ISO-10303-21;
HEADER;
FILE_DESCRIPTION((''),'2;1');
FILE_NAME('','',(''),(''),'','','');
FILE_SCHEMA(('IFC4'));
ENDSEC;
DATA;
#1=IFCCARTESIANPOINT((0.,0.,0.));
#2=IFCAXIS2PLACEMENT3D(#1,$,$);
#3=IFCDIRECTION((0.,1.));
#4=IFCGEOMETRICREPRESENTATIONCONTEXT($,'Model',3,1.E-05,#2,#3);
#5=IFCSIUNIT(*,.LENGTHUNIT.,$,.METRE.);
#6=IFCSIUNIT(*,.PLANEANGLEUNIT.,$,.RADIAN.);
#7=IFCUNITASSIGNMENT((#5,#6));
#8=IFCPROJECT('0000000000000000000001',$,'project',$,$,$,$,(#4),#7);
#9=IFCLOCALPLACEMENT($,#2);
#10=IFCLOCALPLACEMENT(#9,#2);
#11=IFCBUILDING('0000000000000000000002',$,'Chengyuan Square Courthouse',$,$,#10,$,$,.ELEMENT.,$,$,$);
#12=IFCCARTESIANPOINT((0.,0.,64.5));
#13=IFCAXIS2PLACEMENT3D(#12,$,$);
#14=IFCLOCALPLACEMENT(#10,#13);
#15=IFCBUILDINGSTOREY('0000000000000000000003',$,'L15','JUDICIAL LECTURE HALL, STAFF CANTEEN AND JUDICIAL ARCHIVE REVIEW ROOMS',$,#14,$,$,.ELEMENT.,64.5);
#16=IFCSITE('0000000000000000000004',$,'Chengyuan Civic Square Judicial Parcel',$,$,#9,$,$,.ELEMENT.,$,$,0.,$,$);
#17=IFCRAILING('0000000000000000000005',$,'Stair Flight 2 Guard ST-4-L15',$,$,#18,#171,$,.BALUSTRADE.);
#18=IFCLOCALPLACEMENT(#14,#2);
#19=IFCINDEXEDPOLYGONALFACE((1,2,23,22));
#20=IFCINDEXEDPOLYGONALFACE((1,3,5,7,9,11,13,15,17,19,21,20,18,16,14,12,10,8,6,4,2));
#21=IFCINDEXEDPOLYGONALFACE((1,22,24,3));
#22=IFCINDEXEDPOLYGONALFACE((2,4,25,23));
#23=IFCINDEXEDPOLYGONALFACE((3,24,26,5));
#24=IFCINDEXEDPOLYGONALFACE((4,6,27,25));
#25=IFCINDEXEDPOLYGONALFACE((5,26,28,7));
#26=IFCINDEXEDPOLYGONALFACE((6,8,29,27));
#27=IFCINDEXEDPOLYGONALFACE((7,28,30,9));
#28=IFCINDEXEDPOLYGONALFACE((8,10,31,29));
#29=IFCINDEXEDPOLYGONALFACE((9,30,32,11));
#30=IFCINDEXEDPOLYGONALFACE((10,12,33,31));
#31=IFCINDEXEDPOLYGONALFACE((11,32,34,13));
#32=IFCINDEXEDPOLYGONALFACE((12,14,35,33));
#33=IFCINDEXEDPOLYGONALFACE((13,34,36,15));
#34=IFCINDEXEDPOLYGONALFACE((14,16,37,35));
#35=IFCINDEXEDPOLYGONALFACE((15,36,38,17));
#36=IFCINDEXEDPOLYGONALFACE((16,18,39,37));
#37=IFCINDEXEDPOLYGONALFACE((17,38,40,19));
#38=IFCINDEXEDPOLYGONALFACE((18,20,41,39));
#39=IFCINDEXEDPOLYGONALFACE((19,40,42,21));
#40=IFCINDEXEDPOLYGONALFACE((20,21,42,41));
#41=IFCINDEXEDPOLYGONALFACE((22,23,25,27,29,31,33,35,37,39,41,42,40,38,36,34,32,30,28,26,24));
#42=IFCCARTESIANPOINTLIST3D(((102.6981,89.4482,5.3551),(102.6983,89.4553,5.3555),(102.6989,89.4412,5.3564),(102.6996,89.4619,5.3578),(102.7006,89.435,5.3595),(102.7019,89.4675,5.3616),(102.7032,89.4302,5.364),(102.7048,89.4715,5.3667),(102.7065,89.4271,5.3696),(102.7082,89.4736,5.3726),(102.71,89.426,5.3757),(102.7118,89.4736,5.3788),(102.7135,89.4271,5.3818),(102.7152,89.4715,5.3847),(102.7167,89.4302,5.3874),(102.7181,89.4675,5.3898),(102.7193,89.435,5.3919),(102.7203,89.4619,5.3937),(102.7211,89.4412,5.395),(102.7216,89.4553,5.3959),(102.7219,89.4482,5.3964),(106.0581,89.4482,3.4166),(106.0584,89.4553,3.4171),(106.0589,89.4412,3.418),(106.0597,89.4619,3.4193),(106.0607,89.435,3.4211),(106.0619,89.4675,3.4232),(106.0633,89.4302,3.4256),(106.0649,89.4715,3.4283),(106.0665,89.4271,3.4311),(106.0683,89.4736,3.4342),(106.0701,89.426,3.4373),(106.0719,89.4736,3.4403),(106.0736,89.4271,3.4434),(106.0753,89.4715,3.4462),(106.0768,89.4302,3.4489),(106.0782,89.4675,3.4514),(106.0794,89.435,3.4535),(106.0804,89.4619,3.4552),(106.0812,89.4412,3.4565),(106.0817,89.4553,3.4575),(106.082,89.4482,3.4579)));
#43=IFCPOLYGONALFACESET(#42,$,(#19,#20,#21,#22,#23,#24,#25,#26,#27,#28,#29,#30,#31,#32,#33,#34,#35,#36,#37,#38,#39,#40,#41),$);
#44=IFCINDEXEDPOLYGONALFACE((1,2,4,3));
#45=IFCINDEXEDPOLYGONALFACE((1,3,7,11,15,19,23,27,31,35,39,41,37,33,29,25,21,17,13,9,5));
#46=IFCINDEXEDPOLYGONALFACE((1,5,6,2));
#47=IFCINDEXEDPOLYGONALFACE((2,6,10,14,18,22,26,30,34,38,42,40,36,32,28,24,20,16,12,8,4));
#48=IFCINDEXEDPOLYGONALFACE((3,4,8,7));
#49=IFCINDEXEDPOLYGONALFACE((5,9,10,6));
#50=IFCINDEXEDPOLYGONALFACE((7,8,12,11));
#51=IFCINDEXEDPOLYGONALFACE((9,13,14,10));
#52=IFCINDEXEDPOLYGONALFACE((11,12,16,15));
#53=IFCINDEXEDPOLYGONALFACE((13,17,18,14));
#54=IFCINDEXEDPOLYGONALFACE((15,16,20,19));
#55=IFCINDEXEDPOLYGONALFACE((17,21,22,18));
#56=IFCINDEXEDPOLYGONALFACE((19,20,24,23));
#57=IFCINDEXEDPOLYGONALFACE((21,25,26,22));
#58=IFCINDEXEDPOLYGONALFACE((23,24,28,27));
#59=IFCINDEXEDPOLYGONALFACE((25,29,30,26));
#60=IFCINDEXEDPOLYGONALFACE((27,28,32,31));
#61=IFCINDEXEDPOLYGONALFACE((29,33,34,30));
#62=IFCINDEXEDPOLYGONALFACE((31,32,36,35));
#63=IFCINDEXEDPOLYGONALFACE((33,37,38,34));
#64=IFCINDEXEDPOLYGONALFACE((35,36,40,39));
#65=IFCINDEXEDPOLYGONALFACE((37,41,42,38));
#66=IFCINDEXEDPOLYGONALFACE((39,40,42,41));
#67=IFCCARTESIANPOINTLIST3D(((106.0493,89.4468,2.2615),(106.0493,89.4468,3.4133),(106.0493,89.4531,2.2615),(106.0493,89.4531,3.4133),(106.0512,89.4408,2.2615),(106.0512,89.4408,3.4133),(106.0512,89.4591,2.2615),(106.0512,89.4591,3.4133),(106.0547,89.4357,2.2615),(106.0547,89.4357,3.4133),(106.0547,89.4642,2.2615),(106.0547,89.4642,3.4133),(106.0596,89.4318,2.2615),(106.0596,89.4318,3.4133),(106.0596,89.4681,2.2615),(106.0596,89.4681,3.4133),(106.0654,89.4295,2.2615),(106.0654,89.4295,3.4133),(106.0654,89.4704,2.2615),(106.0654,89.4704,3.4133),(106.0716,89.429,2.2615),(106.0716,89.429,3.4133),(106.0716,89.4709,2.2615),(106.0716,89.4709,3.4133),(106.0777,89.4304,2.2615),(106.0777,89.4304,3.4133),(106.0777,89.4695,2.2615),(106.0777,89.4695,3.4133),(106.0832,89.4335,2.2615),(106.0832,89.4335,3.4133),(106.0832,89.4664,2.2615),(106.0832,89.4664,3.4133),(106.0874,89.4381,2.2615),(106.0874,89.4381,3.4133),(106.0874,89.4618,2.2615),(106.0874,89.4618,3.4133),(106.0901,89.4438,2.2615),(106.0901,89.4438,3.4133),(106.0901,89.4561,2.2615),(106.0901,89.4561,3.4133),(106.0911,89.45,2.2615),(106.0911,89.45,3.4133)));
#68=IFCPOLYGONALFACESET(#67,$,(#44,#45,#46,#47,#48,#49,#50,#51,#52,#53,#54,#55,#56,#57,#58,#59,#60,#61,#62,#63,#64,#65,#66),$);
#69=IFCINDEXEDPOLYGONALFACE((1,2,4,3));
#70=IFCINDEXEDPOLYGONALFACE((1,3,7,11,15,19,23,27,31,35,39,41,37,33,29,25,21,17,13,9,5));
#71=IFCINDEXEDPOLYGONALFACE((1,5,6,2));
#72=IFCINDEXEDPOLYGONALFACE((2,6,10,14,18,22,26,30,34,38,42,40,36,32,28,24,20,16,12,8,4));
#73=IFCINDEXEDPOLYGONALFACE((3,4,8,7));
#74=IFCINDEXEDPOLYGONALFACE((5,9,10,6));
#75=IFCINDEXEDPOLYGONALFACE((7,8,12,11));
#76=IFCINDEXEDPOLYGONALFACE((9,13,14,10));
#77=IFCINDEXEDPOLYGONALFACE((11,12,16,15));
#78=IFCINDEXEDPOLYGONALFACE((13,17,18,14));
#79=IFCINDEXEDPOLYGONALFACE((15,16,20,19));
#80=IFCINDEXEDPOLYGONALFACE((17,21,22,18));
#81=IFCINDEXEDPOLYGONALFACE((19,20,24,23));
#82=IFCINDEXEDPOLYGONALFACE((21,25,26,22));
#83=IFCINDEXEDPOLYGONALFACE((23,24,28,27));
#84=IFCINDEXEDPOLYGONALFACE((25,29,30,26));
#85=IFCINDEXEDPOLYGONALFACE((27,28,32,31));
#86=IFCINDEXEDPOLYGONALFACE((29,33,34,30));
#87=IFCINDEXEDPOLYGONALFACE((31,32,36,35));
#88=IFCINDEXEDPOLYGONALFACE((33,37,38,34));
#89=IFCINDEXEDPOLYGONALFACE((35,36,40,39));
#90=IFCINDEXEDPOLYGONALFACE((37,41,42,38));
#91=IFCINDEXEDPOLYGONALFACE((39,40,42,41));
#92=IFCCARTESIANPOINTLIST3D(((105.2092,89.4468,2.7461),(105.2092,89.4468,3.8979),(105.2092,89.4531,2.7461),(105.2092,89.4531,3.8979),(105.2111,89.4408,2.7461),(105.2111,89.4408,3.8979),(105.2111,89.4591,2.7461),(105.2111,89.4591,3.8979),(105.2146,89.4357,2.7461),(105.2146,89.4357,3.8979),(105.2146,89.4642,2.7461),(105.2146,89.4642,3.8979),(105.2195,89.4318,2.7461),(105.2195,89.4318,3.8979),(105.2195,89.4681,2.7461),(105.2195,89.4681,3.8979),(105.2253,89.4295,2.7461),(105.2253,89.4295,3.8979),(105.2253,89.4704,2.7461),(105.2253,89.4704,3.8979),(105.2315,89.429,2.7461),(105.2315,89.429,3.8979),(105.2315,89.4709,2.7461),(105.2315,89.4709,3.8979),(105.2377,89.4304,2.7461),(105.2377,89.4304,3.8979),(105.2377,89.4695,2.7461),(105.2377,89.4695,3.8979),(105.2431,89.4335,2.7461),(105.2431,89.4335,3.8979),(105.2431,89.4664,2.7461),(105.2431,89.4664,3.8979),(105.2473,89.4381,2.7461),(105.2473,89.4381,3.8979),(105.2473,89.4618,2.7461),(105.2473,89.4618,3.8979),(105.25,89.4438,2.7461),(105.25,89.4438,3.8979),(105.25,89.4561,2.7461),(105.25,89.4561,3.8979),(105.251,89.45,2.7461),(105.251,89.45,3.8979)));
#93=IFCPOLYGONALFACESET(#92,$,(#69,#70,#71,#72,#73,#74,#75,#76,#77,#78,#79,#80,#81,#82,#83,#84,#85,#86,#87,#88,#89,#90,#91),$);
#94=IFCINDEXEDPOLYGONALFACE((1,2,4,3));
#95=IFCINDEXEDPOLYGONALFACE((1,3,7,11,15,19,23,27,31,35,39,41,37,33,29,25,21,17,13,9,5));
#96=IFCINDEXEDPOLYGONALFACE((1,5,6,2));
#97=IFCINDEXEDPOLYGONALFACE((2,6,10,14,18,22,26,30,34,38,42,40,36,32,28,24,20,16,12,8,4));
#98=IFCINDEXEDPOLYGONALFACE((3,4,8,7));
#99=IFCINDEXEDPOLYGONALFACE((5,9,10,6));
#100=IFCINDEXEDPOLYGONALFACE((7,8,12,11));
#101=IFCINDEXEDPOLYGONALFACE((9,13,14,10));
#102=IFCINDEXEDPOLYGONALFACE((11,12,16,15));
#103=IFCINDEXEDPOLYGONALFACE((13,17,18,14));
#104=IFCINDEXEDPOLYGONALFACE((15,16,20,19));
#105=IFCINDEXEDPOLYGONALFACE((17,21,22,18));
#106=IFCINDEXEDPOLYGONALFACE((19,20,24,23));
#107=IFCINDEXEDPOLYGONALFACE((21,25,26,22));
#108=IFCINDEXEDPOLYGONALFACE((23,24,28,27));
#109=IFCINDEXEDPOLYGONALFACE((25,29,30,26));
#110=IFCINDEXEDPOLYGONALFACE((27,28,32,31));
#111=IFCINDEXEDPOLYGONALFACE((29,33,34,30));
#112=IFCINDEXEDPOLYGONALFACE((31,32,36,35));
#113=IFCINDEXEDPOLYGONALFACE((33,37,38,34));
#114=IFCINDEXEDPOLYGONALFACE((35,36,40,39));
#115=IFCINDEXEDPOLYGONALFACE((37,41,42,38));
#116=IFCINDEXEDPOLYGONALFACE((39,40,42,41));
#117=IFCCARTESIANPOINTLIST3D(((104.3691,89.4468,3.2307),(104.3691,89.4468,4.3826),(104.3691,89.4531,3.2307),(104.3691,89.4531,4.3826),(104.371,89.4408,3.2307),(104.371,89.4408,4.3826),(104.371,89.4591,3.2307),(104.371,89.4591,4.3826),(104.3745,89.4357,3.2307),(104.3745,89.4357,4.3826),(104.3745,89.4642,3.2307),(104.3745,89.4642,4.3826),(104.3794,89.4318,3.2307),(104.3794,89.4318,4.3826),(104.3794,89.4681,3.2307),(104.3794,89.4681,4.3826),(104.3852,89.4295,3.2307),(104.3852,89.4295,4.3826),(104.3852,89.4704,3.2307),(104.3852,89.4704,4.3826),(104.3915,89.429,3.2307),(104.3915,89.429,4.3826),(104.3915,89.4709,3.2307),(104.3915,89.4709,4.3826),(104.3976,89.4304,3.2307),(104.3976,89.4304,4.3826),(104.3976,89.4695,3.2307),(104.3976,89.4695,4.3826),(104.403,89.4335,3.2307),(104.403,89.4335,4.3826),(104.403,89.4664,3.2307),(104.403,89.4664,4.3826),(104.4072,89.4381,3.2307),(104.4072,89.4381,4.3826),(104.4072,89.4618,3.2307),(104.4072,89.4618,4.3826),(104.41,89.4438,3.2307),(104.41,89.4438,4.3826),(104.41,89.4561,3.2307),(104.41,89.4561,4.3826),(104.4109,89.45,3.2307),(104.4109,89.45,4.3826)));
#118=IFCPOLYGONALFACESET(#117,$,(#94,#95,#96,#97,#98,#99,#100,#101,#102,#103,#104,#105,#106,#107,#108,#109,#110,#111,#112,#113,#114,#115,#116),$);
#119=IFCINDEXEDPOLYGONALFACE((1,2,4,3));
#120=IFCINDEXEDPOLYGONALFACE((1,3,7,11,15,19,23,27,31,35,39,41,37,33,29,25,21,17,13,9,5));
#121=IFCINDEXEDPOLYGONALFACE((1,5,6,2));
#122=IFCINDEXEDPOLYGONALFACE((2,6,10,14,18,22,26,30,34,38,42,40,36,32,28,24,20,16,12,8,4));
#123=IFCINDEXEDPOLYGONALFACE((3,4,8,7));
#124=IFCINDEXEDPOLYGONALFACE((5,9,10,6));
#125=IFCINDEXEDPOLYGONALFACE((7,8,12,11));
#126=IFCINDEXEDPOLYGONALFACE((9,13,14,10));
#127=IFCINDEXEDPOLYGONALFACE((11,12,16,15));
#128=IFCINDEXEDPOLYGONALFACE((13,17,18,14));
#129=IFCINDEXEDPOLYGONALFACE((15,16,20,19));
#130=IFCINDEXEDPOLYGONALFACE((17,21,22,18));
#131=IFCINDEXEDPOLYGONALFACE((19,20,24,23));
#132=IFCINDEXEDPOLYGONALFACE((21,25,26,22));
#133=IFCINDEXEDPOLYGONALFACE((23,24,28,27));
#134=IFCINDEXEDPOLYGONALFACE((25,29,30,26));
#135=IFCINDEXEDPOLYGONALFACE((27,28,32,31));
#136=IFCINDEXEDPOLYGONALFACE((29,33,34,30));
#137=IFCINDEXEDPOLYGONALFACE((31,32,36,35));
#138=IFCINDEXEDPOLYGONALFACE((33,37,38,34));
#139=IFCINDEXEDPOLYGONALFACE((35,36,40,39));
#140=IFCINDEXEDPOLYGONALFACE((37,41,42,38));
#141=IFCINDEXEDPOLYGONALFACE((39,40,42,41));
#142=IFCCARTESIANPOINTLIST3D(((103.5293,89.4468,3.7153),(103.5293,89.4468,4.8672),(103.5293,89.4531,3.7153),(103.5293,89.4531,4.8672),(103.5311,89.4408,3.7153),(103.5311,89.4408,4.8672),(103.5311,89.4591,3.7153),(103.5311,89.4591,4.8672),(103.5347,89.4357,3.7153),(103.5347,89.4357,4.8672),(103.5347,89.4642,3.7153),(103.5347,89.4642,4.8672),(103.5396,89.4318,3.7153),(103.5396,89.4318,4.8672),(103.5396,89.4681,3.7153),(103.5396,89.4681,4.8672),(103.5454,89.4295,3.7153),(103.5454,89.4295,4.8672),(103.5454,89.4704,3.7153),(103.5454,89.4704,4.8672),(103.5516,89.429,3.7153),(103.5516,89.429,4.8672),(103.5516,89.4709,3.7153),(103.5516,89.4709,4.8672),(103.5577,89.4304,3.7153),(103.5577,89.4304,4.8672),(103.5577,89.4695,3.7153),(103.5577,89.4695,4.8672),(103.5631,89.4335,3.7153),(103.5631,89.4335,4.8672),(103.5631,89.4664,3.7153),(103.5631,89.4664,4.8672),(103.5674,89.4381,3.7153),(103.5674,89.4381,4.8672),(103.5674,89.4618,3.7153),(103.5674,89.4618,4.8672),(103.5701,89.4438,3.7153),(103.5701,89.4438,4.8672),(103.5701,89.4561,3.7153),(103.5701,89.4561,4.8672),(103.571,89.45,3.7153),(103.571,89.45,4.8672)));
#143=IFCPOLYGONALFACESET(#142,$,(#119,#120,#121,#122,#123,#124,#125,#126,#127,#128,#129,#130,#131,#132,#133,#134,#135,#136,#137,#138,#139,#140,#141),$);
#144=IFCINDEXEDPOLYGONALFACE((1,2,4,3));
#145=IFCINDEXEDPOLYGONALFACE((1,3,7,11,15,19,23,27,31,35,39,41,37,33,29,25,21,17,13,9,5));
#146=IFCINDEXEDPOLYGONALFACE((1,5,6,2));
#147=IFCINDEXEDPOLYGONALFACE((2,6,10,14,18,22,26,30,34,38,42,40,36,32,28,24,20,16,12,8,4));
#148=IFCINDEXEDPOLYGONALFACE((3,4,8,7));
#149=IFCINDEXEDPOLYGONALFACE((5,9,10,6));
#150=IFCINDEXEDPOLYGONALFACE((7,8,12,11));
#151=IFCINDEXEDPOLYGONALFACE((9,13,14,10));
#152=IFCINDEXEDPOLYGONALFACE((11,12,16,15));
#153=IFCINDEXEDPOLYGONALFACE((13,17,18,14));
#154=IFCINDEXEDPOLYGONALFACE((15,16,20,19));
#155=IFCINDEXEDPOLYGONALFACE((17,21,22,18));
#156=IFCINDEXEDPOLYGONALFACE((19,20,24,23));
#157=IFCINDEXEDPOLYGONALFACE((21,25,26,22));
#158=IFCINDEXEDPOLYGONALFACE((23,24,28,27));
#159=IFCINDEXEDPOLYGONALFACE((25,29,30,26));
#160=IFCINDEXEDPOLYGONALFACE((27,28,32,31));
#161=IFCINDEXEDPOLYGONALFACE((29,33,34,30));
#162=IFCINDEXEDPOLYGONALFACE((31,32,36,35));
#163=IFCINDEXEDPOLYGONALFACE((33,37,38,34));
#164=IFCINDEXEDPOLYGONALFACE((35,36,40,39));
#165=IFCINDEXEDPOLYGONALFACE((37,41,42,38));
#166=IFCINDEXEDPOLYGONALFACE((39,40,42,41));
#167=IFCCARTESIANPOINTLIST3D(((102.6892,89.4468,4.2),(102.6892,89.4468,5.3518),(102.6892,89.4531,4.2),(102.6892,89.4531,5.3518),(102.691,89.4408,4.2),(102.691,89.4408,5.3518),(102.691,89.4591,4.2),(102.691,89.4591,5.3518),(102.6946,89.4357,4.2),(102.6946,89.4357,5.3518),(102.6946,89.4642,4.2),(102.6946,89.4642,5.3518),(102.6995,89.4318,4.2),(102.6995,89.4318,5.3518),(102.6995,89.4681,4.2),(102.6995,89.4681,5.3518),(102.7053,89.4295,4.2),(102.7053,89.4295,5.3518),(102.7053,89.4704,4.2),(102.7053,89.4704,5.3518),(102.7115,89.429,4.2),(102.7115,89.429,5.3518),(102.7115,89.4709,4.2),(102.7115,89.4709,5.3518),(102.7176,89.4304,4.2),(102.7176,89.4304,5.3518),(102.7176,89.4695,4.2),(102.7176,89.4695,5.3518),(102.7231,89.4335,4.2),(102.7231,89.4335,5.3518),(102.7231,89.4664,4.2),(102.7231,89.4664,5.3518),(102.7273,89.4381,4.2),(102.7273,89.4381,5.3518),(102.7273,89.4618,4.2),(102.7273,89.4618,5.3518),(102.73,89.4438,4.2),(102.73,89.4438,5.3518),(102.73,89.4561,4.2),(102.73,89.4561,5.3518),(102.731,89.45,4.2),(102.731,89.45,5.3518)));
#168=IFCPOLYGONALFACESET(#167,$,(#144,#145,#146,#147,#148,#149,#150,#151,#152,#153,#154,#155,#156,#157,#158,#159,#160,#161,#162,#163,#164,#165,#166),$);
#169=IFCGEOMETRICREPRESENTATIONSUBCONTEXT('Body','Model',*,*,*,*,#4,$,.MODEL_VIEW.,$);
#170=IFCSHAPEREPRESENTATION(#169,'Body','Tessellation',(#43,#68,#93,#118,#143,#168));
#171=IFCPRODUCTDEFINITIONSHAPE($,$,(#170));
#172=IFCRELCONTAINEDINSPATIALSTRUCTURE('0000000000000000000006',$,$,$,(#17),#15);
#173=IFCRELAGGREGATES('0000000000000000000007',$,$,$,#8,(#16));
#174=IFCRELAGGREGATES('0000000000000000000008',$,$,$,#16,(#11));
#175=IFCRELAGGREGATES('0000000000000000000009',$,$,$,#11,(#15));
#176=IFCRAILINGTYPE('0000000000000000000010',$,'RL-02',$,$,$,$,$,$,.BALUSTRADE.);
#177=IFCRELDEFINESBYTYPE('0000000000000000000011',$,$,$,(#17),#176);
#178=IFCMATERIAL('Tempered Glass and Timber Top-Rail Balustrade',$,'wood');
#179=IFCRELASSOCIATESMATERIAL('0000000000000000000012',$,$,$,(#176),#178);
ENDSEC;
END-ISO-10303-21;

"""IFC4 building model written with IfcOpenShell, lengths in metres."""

from ifc_helpers import new_model, si_unit, direction, frame, origin, origin_2d, place, context, subcontext, project, spatial, circle, extrude, material, type_object, element, save


model = new_model("IFC4")

# Units and contexts
model_context = context("Model", 3, precision=1e-05, world=origin(), true_north=direction((0.0, 1.0)))
body_context = subcontext(model_context, "Body", "Model", "MODEL_VIEW")
ifc_project = project(units=[si_unit("LENGTHUNIT", "METRE"), si_unit("PLANEANGLEUNIT", "RADIAN")], contexts=[model_context])

# Site, building, storey
site_placement = place(None, origin())
site = spatial("IfcSite", under=ifc_project, at=site_placement, Name="Chengyuan Civic Square Judicial Parcel", CompositionType="ELEMENT", RefElevation=0.0)
building_placement = place(site_placement, origin())
building = spatial("IfcBuilding", under=site, at=building_placement, Name="Chengyuan Square Courthouse", CompositionType="ELEMENT")
storey_placement = place(building_placement, frame((0.0, 0.0, 64.5)))
storey = spatial("IfcBuildingStorey", under=building, at=storey_placement, Name="L15", Description="JUDICIAL LECTURE HALL, STAFF CANTEEN AND JUDICIAL ARCHIVE REVIEW ROOMS", CompositionType="ELEMENT", Elevation=64.5)

# Railing
ifc_material_1 = material(Name="Tempered Glass and Timber Top-Rail Balustrade", Category="wood")
railing_type_1 = type_object("IfcRailingType", Name="RL-02", PredefinedType="BALUSTRADE", material=ifc_material_1)
railing_1_placement = place(storey_placement, frame((106.0701, 89.45, 2.2615)))
element("IfcRailing", 1, at=railing_1_placement, inside=storey, type_object=railing_type_1, Name="Stair Flight 2 Guard ST-4-L15", PredefinedType="BALUSTRADE", context=body_context, shape_type="SweptSolid", body=[
    extrude(circle(Radius=0.0239, at=origin_2d()), frame((0.0, 0.0, 1.1758), z_axis=(-0.866191, 0.0, 0.499713), x_axis=(0.0, -1.0, 0.0)), (0.0, 0.0, 1.0), 3.8792),
    extrude(circle(Radius=0.021, at=origin_2d()), origin(), (0.0, 0.0, 1.0), 1.1519),
    extrude(circle(Radius=0.021, at=origin_2d()), frame((-0.8401, 0.0, 0.4846)), (0.0, 0.0, 1.0), 1.1519),
    extrude(circle(Radius=0.021, at=origin_2d()), frame((-1.6802, 0.0, 0.9692)), (0.0, 0.0, 1.0), 1.1519),
    extrude(circle(Radius=0.021, at=origin_2d()), frame((-2.52, 0.0, 1.4539)), (0.0, 0.0, 1.0), 1.1519),
    extrude(circle(Radius=0.021, at=origin_2d()), frame((-3.3601, 0.0, 1.9385)), (0.0, 0.0, 1.0), 1.1519),
])

save(model, "model.ifc")
